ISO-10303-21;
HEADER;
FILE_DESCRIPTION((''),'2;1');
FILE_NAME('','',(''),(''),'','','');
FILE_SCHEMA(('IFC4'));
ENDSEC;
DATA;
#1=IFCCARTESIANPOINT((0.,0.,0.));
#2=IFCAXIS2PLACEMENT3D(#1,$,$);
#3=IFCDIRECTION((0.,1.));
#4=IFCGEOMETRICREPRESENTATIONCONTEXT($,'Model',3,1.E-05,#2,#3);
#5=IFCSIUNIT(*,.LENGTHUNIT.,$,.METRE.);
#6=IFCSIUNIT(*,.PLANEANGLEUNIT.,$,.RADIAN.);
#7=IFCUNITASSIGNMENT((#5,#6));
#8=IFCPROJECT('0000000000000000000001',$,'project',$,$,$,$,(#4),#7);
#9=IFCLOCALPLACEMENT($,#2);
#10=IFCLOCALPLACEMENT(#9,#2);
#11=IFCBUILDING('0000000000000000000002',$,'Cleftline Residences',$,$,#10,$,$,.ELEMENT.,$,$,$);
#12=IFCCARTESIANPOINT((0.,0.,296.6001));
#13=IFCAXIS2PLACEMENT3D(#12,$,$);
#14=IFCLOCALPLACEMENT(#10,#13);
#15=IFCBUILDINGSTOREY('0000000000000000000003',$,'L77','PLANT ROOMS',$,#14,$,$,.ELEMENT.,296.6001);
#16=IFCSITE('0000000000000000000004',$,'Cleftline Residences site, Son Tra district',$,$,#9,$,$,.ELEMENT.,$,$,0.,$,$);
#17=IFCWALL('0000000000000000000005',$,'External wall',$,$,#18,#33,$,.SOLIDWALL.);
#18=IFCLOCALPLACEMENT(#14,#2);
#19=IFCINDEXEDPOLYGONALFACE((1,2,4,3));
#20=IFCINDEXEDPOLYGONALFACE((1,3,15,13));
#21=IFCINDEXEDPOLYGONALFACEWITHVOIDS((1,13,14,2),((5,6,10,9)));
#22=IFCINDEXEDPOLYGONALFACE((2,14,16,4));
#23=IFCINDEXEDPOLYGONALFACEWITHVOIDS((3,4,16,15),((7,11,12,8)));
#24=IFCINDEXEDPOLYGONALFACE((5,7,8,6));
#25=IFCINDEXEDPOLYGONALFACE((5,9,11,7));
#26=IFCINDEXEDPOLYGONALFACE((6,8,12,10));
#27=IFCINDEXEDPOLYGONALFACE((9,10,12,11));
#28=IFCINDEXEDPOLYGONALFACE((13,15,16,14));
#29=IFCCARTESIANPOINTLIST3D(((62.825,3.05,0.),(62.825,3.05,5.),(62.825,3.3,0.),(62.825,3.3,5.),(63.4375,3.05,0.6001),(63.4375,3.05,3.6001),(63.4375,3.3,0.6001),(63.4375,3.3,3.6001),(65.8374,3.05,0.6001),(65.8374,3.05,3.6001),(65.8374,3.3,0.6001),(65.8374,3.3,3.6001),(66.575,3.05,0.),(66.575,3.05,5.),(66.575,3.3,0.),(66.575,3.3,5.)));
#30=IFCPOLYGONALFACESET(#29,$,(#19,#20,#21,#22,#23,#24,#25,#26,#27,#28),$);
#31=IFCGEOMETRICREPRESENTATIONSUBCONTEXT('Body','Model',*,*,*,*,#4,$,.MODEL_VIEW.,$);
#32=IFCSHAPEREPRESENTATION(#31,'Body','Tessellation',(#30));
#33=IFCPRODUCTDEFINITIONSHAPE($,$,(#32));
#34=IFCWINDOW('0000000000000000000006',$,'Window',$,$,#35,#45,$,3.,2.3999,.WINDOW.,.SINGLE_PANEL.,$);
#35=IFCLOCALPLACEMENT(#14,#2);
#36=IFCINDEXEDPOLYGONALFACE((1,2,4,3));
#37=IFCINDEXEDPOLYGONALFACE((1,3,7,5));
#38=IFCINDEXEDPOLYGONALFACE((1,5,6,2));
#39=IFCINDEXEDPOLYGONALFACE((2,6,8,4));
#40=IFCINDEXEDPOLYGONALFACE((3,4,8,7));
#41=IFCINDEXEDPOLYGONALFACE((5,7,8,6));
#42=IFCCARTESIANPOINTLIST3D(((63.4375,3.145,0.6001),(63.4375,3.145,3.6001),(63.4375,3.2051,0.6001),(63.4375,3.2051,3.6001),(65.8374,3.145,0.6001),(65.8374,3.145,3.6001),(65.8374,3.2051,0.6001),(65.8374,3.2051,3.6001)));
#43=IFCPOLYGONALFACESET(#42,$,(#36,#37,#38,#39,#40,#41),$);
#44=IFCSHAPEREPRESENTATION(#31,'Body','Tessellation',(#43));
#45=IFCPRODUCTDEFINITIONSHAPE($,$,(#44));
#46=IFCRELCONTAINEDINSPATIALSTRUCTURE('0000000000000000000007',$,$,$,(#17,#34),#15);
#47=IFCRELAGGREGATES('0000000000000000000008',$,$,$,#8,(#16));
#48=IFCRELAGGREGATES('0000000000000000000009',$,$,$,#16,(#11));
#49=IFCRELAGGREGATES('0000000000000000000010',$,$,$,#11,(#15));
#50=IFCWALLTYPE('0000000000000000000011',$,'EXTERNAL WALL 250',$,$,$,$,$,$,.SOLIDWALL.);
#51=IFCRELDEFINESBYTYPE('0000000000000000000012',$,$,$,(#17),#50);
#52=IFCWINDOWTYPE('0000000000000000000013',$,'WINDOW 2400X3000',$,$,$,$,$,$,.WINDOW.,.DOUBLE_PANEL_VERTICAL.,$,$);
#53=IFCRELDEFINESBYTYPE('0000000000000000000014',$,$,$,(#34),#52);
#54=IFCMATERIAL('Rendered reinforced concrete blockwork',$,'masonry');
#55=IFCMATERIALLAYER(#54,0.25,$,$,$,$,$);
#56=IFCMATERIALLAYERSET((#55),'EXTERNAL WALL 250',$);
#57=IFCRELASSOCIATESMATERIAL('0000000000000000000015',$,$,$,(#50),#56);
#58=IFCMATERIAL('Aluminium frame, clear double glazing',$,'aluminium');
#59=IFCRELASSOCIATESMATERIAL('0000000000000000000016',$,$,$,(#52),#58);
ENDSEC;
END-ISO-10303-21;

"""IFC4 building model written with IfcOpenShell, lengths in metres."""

from ifc_helpers import new_model, si_unit, direction, frame, frame_2d, origin, place, context, subcontext, project, spatial, rectangle, extrude, material, layer, layer_set, type_object, element, fill, save


model = new_model("IFC4")

# Units and contexts
model_context = context("Model", 3, precision=1e-05, world=origin(), true_north=direction((0.0, 1.0)))
body_context = subcontext(model_context, "Body", "Model", "MODEL_VIEW")
ifc_project = project(units=[si_unit("LENGTHUNIT", "METRE"), si_unit("PLANEANGLEUNIT", "RADIAN")], contexts=[model_context])

# Site, building, storey
site_placement = place(None, origin())
site = spatial("IfcSite", under=ifc_project, at=site_placement, Name="Cleftline Residences site, Son Tra district", CompositionType="ELEMENT", RefElevation=0.0)
building_placement = place(site_placement, origin())
building = spatial("IfcBuilding", under=site, at=building_placement, Name="Cleftline Residences", CompositionType="ELEMENT")
storey_placement = place(building_placement, frame((0.0, 0.0, 296.6001)))
storey = spatial("IfcBuildingStorey", under=building, at=storey_placement, Name="L77", Description="PLANT ROOMS", CompositionType="ELEMENT", Elevation=296.6001)

# Wall, opening, window
ifc_material_1 = material(Name="Rendered reinforced concrete blockwork", Category="masonry")
ifc_layer = layer(ifc_material_1, 0.25)
ifc_layer_set = layer_set([ifc_layer], Name="EXTERNAL WALL 250")
wall_type = type_object("IfcWallType", Name="EXTERNAL WALL 250", PredefinedType="SOLIDWALL", material=ifc_layer_set)
ifc_material_2 = material(Name="Aluminium frame, clear double glazing", Category="aluminium")
window_type = type_object("IfcWindowType", Name="WINDOW 2400X3000", PartitioningType="DOUBLE_PANEL_VERTICAL", PredefinedType="WINDOW", material=ifc_material_2)
wall_1_placement = place(storey_placement, frame((62.825, 3.175, 0.0), z_axis=(0.0, 0.0, 1.0), x_axis=(1.0, 0.0, 0.0)))
wall_1 = element("IfcWall", 1, at=wall_1_placement, inside=storey, type_object=wall_type, Name="External wall", PredefinedType="SOLIDWALL", context=body_context, shape_type="SweptSolid", body=[
    extrude(rectangle(XDim=3.75, YDim=0.25, at=frame_2d((1.875, 0.0))), origin(), (0.0, 0.0, 1.0), 5.0),
])
opening_1_placement = place(wall_1_placement, frame((0.6125, 0.0, 0.6001)))
opening_1 = element("IfcOpeningElement", 2, at=opening_1_placement, cuts=wall_1, PredefinedType="OPENING", context=body_context, shape_type="SweptSolid", body=[
    extrude(rectangle(XDim=2.3999, YDim=3.0, at=frame_2d((1.2, 1.5))), frame((0.0, 0.135, 0.0), z_axis=(0.0, -1.0, 0.0), x_axis=(1.0, 0.0, 0.0)), (0.0, 0.0, 1.0), 0.27),
])
window_1_placement = place(opening_1_placement, origin())
window_1 = element("IfcWindow", 3, at=window_1_placement, inside=storey, type_object=window_type, Name="Window", OverallHeight=3.0, OverallWidth=2.3999, PartitioningType="SINGLE_PANEL", PredefinedType="WINDOW", context=body_context, shape_type="SweptSolid", body=[
    extrude(rectangle(XDim=2.3999, YDim=3.0, at=frame_2d((1.2, 1.5))), frame((0.0, 0.03, 0.0), z_axis=(0.0, -1.0, 0.0), x_axis=(1.0, 0.0, 0.0)), (0.0, 0.0, 1.0), 0.0601),
])
fill(opening_1, window_1)

save(model, "model.ifc")
